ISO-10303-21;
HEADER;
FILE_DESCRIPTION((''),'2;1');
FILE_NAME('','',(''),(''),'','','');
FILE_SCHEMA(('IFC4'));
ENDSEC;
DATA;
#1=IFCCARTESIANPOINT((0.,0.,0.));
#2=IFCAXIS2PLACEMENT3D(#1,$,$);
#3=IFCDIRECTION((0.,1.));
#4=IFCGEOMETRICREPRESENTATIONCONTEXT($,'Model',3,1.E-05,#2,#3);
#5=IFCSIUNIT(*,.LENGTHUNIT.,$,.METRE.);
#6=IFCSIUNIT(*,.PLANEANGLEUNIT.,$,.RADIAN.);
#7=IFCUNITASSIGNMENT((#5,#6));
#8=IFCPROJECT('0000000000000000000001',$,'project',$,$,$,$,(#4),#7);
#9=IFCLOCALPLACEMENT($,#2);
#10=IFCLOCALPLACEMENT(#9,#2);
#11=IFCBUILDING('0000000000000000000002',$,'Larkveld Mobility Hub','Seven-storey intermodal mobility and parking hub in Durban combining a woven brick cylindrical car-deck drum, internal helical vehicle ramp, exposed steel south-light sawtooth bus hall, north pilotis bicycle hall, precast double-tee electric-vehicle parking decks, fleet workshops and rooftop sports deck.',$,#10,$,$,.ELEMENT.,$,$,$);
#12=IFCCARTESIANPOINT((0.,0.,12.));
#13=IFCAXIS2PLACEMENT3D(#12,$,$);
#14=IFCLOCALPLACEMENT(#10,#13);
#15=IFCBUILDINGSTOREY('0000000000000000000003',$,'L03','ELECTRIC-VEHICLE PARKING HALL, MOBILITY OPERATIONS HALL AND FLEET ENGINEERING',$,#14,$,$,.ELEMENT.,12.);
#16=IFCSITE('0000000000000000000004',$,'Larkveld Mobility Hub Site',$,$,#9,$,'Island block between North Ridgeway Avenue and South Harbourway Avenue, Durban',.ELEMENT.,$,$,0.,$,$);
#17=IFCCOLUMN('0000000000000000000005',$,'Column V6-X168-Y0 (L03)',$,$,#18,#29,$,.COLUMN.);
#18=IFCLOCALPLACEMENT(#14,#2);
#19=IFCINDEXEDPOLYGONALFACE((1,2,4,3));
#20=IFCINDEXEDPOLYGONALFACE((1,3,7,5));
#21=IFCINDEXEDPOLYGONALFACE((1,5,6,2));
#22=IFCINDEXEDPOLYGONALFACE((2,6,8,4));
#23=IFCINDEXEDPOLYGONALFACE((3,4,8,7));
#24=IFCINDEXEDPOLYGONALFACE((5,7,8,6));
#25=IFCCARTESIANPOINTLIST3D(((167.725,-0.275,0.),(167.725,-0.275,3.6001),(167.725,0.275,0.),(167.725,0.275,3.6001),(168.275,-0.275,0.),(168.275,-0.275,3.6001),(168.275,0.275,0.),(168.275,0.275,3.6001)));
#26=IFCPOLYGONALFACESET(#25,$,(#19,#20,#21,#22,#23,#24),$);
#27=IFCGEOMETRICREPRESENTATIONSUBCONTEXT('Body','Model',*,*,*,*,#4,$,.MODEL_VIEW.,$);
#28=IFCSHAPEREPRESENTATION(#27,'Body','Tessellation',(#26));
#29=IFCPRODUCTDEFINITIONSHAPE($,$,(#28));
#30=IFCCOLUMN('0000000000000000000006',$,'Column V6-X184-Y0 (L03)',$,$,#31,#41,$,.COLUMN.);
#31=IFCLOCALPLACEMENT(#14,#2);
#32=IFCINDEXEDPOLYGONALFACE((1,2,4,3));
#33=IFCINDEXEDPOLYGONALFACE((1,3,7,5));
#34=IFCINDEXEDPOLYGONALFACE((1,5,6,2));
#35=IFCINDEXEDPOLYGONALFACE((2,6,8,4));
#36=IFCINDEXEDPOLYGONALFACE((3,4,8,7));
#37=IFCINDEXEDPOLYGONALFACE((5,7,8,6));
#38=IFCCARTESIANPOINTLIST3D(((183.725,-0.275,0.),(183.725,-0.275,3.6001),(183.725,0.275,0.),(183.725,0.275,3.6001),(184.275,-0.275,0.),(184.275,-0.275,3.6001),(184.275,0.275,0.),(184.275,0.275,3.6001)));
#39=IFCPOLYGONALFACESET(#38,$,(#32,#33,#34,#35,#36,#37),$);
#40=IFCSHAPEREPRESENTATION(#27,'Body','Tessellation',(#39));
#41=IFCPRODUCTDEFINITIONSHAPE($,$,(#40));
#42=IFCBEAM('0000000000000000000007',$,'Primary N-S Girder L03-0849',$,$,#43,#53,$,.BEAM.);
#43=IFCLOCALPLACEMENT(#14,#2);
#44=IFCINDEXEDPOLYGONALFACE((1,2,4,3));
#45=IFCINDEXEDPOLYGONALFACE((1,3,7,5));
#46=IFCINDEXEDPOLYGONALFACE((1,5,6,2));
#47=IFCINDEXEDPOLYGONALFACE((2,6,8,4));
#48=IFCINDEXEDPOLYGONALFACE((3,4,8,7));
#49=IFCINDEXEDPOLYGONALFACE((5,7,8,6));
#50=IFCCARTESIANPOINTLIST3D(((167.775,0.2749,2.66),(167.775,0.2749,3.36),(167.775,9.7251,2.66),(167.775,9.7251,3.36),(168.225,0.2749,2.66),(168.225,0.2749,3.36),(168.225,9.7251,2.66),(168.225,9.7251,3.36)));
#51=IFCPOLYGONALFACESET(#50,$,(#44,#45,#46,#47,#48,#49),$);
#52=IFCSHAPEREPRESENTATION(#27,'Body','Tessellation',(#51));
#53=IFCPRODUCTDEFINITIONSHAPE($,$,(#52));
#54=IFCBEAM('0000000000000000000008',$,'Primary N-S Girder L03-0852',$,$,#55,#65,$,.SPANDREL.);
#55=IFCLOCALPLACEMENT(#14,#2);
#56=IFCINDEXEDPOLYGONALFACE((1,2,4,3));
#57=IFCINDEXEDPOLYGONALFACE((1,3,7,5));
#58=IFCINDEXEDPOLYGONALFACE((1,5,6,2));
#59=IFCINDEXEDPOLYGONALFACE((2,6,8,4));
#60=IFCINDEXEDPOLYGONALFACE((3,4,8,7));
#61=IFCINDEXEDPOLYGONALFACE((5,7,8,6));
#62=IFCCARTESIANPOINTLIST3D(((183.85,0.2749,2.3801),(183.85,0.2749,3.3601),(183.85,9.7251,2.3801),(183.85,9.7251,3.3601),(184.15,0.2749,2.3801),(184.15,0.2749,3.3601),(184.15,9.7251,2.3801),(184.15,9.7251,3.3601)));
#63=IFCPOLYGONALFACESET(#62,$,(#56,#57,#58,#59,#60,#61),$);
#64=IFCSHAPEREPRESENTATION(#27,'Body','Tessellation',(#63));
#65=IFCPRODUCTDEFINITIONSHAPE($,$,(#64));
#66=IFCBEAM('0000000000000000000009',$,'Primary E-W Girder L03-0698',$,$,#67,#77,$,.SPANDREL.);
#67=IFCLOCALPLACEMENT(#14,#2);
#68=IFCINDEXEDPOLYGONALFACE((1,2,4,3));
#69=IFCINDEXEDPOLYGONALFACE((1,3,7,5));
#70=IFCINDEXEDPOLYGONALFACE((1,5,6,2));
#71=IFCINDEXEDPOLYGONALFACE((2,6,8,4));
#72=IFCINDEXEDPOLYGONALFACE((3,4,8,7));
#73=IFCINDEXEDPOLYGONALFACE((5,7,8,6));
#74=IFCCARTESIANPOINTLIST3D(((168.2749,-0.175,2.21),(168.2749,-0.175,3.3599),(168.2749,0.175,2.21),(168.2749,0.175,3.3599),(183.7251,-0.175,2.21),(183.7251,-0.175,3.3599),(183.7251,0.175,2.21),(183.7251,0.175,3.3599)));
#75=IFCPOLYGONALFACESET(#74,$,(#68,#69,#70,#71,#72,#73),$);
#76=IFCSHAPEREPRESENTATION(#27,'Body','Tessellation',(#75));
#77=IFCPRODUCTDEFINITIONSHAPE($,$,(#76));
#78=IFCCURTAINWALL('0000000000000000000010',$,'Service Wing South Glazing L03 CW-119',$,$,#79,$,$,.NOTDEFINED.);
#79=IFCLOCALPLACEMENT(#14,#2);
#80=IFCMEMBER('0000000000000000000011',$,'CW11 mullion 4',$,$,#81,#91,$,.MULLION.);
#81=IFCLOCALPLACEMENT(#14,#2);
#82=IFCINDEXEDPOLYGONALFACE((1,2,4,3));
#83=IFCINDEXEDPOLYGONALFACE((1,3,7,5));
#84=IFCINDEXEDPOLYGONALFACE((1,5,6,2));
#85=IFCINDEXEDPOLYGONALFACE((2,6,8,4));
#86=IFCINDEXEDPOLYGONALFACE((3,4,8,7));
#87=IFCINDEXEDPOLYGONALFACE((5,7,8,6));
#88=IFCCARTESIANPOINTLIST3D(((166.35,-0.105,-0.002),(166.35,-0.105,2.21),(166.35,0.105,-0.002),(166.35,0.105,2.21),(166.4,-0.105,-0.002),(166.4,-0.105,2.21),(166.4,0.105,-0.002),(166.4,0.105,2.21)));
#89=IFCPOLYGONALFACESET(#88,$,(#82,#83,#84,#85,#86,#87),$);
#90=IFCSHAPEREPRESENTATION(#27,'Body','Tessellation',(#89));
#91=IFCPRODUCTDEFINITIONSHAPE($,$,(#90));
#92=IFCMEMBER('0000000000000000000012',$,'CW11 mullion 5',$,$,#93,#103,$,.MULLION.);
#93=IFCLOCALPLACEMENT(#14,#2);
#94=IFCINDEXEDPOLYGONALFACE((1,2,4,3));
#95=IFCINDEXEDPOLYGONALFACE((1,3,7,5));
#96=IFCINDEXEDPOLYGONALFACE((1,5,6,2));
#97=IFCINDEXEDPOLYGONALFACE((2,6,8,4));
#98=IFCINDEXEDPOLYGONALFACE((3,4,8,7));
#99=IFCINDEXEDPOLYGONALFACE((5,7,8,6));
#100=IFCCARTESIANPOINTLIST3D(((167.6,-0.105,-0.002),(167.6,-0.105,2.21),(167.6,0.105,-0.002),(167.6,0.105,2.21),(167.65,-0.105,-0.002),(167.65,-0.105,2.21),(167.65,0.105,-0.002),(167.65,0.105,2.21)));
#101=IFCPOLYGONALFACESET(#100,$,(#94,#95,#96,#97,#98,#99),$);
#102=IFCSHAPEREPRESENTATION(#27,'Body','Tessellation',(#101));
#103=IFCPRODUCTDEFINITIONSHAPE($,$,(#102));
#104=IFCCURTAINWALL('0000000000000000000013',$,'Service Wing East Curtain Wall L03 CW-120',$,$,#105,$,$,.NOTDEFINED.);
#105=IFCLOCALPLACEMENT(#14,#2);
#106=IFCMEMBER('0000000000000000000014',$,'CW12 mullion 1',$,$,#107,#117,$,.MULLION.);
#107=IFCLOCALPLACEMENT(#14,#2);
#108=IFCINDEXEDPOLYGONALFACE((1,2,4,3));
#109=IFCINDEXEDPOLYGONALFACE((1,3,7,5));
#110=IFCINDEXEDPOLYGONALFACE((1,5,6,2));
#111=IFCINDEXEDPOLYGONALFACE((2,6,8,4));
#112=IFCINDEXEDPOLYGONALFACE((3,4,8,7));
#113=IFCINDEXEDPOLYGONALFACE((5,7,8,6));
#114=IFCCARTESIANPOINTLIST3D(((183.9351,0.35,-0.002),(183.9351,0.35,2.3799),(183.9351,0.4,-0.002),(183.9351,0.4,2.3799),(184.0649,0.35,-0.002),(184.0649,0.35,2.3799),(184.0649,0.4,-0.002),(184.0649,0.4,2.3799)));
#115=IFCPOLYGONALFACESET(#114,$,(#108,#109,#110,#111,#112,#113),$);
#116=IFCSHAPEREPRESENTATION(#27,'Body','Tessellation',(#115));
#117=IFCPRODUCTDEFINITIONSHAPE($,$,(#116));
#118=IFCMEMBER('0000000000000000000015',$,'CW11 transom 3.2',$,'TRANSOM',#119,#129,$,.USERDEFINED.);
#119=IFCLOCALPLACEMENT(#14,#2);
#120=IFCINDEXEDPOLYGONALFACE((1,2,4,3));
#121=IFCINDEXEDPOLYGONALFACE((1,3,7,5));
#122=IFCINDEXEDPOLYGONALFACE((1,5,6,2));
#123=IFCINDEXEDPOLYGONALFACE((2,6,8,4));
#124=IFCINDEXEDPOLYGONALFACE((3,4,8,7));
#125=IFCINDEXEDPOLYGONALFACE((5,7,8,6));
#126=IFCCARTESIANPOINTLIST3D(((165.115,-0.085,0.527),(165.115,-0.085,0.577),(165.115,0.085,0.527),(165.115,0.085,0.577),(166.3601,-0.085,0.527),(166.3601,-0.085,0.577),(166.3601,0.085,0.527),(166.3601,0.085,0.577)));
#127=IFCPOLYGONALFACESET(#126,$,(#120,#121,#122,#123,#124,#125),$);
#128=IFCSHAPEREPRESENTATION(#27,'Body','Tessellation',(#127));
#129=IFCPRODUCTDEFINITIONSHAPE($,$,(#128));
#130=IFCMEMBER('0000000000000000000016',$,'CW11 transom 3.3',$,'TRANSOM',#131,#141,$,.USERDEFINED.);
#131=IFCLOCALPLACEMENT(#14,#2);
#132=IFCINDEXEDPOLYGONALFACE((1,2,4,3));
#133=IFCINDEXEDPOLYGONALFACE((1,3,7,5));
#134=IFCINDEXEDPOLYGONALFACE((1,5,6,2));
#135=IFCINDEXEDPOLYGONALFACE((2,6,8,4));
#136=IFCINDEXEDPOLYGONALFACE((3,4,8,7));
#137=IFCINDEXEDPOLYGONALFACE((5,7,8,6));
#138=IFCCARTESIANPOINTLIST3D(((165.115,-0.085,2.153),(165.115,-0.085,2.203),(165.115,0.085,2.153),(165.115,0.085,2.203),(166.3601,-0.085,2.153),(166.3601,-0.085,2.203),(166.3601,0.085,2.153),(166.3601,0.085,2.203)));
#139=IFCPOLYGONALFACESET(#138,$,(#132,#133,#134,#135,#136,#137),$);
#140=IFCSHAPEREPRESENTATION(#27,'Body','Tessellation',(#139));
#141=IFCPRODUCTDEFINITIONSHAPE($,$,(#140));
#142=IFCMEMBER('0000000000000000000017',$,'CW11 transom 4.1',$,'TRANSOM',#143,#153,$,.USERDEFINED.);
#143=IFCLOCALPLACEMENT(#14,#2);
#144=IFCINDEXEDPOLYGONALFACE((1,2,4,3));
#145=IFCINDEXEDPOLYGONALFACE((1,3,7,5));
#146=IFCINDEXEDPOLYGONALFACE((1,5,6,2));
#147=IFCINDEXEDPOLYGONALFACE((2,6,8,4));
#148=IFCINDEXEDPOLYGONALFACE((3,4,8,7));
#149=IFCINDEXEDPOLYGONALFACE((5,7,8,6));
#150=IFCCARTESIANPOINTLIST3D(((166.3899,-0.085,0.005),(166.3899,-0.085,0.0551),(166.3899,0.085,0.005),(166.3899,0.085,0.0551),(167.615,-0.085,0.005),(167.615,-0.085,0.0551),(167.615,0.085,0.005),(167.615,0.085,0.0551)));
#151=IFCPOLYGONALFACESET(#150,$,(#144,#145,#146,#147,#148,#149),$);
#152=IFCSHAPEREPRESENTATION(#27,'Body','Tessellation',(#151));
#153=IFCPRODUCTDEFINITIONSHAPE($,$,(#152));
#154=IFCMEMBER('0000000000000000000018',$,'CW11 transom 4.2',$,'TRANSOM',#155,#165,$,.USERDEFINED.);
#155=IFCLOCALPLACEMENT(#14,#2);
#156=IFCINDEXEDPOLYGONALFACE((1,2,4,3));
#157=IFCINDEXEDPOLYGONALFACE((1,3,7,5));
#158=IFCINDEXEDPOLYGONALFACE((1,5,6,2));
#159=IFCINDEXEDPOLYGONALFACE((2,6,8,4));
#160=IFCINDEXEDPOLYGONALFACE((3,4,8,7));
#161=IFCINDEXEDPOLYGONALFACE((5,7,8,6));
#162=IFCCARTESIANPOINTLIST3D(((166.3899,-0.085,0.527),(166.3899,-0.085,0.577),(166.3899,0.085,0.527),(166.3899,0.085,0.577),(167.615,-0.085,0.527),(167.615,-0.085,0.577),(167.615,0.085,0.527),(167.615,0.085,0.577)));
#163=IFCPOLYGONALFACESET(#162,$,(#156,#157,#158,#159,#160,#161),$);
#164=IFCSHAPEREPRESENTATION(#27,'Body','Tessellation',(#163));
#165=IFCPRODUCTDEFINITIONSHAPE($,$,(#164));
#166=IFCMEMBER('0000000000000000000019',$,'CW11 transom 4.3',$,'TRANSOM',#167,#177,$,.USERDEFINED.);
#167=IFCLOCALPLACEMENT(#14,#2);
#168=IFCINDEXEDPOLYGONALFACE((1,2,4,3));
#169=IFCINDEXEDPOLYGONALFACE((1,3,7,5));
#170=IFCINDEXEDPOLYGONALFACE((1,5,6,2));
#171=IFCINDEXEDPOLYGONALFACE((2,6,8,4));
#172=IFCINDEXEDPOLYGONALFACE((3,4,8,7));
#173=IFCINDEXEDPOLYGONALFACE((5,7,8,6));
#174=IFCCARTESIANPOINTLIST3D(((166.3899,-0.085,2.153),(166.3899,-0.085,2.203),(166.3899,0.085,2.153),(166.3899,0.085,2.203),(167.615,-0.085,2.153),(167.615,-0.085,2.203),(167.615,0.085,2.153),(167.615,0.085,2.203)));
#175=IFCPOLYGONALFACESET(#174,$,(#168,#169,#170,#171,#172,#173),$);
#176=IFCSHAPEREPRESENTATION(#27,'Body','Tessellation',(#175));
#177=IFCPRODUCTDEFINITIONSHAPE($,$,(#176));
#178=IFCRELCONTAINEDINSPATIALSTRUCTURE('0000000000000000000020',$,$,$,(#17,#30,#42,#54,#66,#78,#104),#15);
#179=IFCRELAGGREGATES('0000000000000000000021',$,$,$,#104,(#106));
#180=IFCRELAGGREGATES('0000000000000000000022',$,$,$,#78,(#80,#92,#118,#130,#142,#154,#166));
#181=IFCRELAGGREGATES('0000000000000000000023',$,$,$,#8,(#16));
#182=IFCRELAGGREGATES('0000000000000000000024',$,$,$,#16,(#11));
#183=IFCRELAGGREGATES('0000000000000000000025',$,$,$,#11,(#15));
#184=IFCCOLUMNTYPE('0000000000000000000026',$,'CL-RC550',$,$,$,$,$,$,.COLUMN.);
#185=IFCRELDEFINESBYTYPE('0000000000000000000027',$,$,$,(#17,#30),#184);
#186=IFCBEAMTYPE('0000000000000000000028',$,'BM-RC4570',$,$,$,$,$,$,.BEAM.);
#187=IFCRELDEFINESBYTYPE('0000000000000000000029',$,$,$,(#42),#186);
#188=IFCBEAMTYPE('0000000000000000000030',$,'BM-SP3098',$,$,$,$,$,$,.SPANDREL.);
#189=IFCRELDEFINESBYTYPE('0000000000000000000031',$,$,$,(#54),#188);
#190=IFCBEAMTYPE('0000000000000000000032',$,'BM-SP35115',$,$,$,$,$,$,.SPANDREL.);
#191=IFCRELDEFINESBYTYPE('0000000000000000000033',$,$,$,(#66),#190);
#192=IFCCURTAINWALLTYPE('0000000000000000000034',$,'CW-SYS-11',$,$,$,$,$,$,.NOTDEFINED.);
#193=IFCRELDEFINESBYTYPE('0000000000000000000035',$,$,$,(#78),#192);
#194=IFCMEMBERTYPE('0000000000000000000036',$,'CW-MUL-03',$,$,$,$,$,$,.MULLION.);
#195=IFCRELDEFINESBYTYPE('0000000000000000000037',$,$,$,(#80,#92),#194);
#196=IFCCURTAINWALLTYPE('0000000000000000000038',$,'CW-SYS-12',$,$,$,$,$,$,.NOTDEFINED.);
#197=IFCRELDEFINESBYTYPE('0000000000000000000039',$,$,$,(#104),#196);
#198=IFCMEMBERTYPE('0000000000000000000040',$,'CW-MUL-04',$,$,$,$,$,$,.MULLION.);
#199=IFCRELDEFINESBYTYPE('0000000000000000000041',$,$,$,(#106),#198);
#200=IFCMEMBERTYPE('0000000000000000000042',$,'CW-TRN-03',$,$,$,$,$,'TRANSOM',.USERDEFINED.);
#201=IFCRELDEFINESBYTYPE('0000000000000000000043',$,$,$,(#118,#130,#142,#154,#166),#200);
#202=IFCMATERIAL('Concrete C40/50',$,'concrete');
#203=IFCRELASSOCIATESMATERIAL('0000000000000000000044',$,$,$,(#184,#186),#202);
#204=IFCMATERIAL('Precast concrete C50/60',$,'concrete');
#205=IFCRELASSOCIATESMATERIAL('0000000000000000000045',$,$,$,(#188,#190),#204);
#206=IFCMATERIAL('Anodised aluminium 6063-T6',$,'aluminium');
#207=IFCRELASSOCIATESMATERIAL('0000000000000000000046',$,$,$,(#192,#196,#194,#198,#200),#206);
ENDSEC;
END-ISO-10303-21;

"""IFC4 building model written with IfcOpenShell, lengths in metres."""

from ifc_helpers import new_model, si_unit, direction, frame, origin, origin_2d, place, context, subcontext, project, spatial, rectangle, extrude, material, material_profile, profile_set, type_object, element, aggregate, save


model = new_model("IFC4")

# Units and contexts
model_context = context("Model", 3, precision=1e-05, world=origin(), true_north=direction((0.0, 1.0)))
body_context = subcontext(model_context, "Body", "Model", "MODEL_VIEW")
ifc_project = project(units=[si_unit("LENGTHUNIT", "METRE"), si_unit("PLANEANGLEUNIT", "RADIAN")], contexts=[model_context])

# Site, building, storey
site_placement = place(None, origin())
site = spatial("IfcSite", under=ifc_project, at=site_placement, Name="Larkveld Mobility Hub Site", LongName="Island block between North Ridgeway Avenue and South Harbourway Avenue, Durban", CompositionType="ELEMENT", RefElevation=0.0)
building_placement = place(site_placement, origin())
building = spatial("IfcBuilding", under=site, at=building_placement, Name="Larkveld Mobility Hub", Description="Seven-storey intermodal mobility and parking hub in Durban combining a woven brick cylindrical car-deck drum, internal helical vehicle ramp, exposed steel south-light sawtooth bus hall, north pilotis bicycle hall, precast double-tee electric-vehicle parking decks, fleet workshops and rooftop sports deck.", CompositionType="ELEMENT")
storey_placement = place(building_placement, frame((0.0, 0.0, 12.0)))
storey = spatial("IfcBuildingStorey", under=building, at=storey_placement, Name="L03", Description="ELECTRIC-VEHICLE PARKING HALL, MOBILITY OPERATIONS HALL AND FLEET ENGINEERING", CompositionType="ELEMENT", Elevation=12.0)

# Columns
ifc_material_1 = material(Name="Concrete C40/50", Category="concrete")
ifc_material_profile_1 = material_profile(ifc_material_1, rectangle(XDim=0.55, YDim=0.55, at=origin_2d()), Name="RC COL 550x550")
ifc_profile_set_1 = profile_set([ifc_material_profile_1], Name="Concrete C40/50")
column_type = type_object("IfcColumnType", Name="CL-RC550", PredefinedType="COLUMN", material=ifc_profile_set_1)
for number, where, z_axis, x_axis, name in (
    (1, (168.0, 0.0, 0.0), (0.0, 0.0, 1.0), (1.0, 0.0, 0.0), "Column V6-X168-Y0 (L03)"),
    (2, (184.0, 0.0, 0.0), (0.0, 0.0, 1.0), (1.0, 0.0, 0.0), "Column V6-X184-Y0 (L03)"),
):
    element("IfcColumn", number, at=place(storey_placement, frame(where, z_axis=z_axis, x_axis=x_axis)), inside=storey, type_object=column_type, Name=name, PredefinedType="COLUMN", context=body_context, shape_type="SweptSolid", body=[
        extrude(rectangle(XDim=0.55, YDim=0.55, at=origin_2d()), origin(), (0.0, 0.0, 1.0), 3.6001),
    ])

# Beams
ifc_material_profile_2 = material_profile(ifc_material_1, rectangle(XDim=0.45, YDim=0.7, at=origin_2d()), Name="RC BM 450x700")
ifc_profile_set_2 = profile_set([ifc_material_profile_2], Name="Concrete C40/50")
beam_type_1 = type_object("IfcBeamType", Name="BM-RC4570", PredefinedType="BEAM", material=ifc_profile_set_2)
beam_1_placement = place(storey_placement, frame((168.0, 0.2749, 3.01), z_axis=(0.0, 1.0, 0.0), x_axis=(-1.0, 0.0, 0.0)))
element("IfcBeam", 3, at=beam_1_placement, inside=storey, type_object=beam_type_1, Name="Primary N-S Girder L03-0849", PredefinedType="BEAM", context=body_context, shape_type="SweptSolid", body=[
    extrude(rectangle(XDim=0.45, YDim=0.7, at=origin_2d()), origin(), (0.0, 0.0, 1.0), 9.4502),
])
ifc_material_2 = material(Name="Precast concrete C50/60", Category="concrete")
ifc_material_profile_3 = material_profile(ifc_material_2, rectangle(XDim=0.3, YDim=0.98, at=origin_2d()), Name="PC SP 300x980")
ifc_profile_set_3 = profile_set([ifc_material_profile_3], Name="Precast concrete C50/60")
beam_type_2 = type_object("IfcBeamType", Name="BM-SP3098", PredefinedType="SPANDREL", material=ifc_profile_set_3)
beam_2_placement = place(storey_placement, frame((184.0, 0.2749, 2.8701), z_axis=(0.0, 1.0, 0.0), x_axis=(-1.0, 0.0, 0.0)))
element("IfcBeam", 4, at=beam_2_placement, inside=storey, type_object=beam_type_2, Name="Primary N-S Girder L03-0852", PredefinedType="SPANDREL", context=body_context, shape_type="SweptSolid", body=[
    extrude(rectangle(XDim=0.3, YDim=0.98, at=origin_2d()), origin(), (0.0, 0.0, 1.0), 9.4502),
])
ifc_material_profile_4 = material_profile(ifc_material_2, rectangle(XDim=0.3501, YDim=1.1499, at=origin_2d()), Name="PC SP 350x1150")
ifc_profile_set_4 = profile_set([ifc_material_profile_4], Name="Precast concrete C50/60")
beam_type_3 = type_object("IfcBeamType", Name="BM-SP35115", PredefinedType="SPANDREL", material=ifc_profile_set_4)
beam_3_placement = place(storey_placement, frame((168.2749, 0.0, 2.7849), z_axis=(1.0, 0.0, 0.0), x_axis=(0.0, 1.0, 0.0)))
element("IfcBeam", 5, at=beam_3_placement, inside=storey, type_object=beam_type_3, Name="Primary E-W Girder L03-0698", PredefinedType="SPANDREL", context=body_context, shape_type="SweptSolid", body=[
    extrude(rectangle(XDim=0.3501, YDim=1.1499, at=origin_2d()), origin(), (0.0, 0.0, 1.0), 15.4502),
])

# Curtain wall, members
ifc_material_3 = material(Name="Anodised aluminium 6063-T6", Category="aluminium")
curtain_wall_type_1 = type_object("IfcCurtainWallType", Name="CW-SYS-11", PredefinedType="NOTDEFINED", material=ifc_material_3)
curtain_wall_1_placement = place(storey_placement, origin())
curtain_wall_1 = element("IfcCurtainWall", 6, at=curtain_wall_1_placement, inside=storey, type_object=curtain_wall_type_1, Name="Service Wing South Glazing L03 CW-119", PredefinedType="NOTDEFINED")
ifc_material_profile_5 = material_profile(ifc_material_3, rectangle(XDim=0.05, YDim=0.21, at=origin_2d()), Name="ALU MULL 50x210")
ifc_profile_set_5 = profile_set([ifc_material_profile_5], Name="Anodised aluminium 6063-T6")
member_type_1 = type_object("IfcMemberType", Name="CW-MUL-03", PredefinedType="MULLION", material=ifc_profile_set_5)
member_1_placement = place(storey_placement, frame((166.375, 0.0, -0.002), z_axis=(0.0, 0.0, 1.0), x_axis=(1.0, 0.0, 0.0)))
member_1 = element("IfcMember", 7, at=member_1_placement, type_object=member_type_1, Name="CW11 mullion 4", PredefinedType="MULLION", context=body_context, shape_type="SweptSolid", body=[
    extrude(rectangle(XDim=0.05, YDim=0.21, at=origin_2d()), origin(), (0.0, 0.0, 1.0), 2.2119),
])
member_2_placement = place(storey_placement, frame((167.625, 0.0, -0.002), z_axis=(0.0, 0.0, 1.0), x_axis=(1.0, 0.0, 0.0)))
member_2 = element("IfcMember", 8, at=member_2_placement, type_object=member_type_1, Name="CW11 mullion 5", PredefinedType="MULLION", context=body_context, shape_type="SweptSolid", body=[
    extrude(rectangle(XDim=0.05, YDim=0.21, at=origin_2d()), origin(), (0.0, 0.0, 1.0), 2.2119),
])

# Curtain wall, member
curtain_wall_type_2 = type_object("IfcCurtainWallType", Name="CW-SYS-12", PredefinedType="NOTDEFINED", material=ifc_material_3)
curtain_wall_2_placement = place(storey_placement, origin())
curtain_wall_2 = element("IfcCurtainWall", 9, at=curtain_wall_2_placement, inside=storey, type_object=curtain_wall_type_2, Name="Service Wing East Curtain Wall L03 CW-120", PredefinedType="NOTDEFINED")
ifc_material_profile_6 = material_profile(ifc_material_3, rectangle(XDim=0.05, YDim=0.1299, at=origin_2d()), Name="ALU MULL 50x130")
ifc_profile_set_6 = profile_set([ifc_material_profile_6], Name="Anodised aluminium 6063-T6")
member_type_2 = type_object("IfcMemberType", Name="CW-MUL-04", PredefinedType="MULLION", material=ifc_profile_set_6)
member_3_placement = place(storey_placement, frame((184.0, 0.375, -0.002), z_axis=(0.0, 0.0, 1.0), x_axis=(0.0, 1.0, 0.0)))
member_3 = element("IfcMember", 10, at=member_3_placement, type_object=member_type_2, Name="CW12 mullion 1", PredefinedType="MULLION", context=body_context, shape_type="SweptSolid", body=[
    extrude(rectangle(XDim=0.05, YDim=0.1299, at=origin_2d()), origin(), (0.0, 0.0, 1.0), 2.3818),
])

# Members
ifc_material_profile_7 = material_profile(ifc_material_3, rectangle(XDim=0.1699, YDim=0.05, at=origin_2d()), Name="ALU TRAN 50x170")
ifc_profile_set_7 = profile_set([ifc_material_profile_7], Name="Anodised aluminium 6063-T6")
member_type_3 = type_object("IfcMemberType", Name="CW-TRN-03", ElementType="TRANSOM", PredefinedType="USERDEFINED", material=ifc_profile_set_7)
member_4_placement = place(storey_placement, frame((165.115, 0.0, 0.552), z_axis=(1.0, 0.0, 0.0), x_axis=(0.0, 1.0, 0.0)))
member_4 = element("IfcMember", 11, at=member_4_placement, type_object=member_type_3, Name="CW11 transom 3.2", ObjectType="TRANSOM", PredefinedType="USERDEFINED", context=body_context, shape_type="SweptSolid", body=[
    extrude(rectangle(XDim=0.1699, YDim=0.05, at=origin_2d()), origin(), (0.0, 0.0, 1.0), 1.2451),
])
member_5_placement = place(storey_placement, frame((165.115, 0.0, 2.178), z_axis=(1.0, 0.0, 0.0), x_axis=(0.0, 1.0, 0.0)))
member_5 = element("IfcMember", 12, at=member_5_placement, type_object=member_type_3, Name="CW11 transom 3.3", ObjectType="TRANSOM", PredefinedType="USERDEFINED", context=body_context, shape_type="SweptSolid", body=[
    extrude(rectangle(XDim=0.1699, YDim=0.05, at=origin_2d()), origin(), (0.0, 0.0, 1.0), 1.2451),
])
member_6_placement = place(storey_placement, frame((166.3899, 0.0, 0.03), z_axis=(1.0, 0.0, 0.0), x_axis=(0.0, 1.0, 0.0)))
member_6 = element("IfcMember", 13, at=member_6_placement, type_object=member_type_3, Name="CW11 transom 4.1", ObjectType="TRANSOM", PredefinedType="USERDEFINED", context=body_context, shape_type="SweptSolid", body=[
    extrude(rectangle(XDim=0.1699, YDim=0.05, at=origin_2d()), origin(), (0.0, 0.0, 1.0), 1.2251),
])
member_7_placement = place(storey_placement, frame((166.3899, 0.0, 0.552), z_axis=(1.0, 0.0, 0.0), x_axis=(0.0, 1.0, 0.0)))
member_7 = element("IfcMember", 14, at=member_7_placement, type_object=member_type_3, Name="CW11 transom 4.2", ObjectType="TRANSOM", PredefinedType="USERDEFINED", context=body_context, shape_type="SweptSolid", body=[
    extrude(rectangle(XDim=0.1699, YDim=0.05, at=origin_2d()), origin(), (0.0, 0.0, 1.0), 1.2251),
])
member_8_placement = place(storey_placement, frame((166.3899, 0.0, 2.178), z_axis=(1.0, 0.0, 0.0), x_axis=(0.0, 1.0, 0.0)))
member_8 = element("IfcMember", 15, at=member_8_placement, type_object=member_type_3, Name="CW11 transom 4.3", ObjectType="TRANSOM", PredefinedType="USERDEFINED", context=body_context, shape_type="SweptSolid", body=[
    extrude(rectangle(XDim=0.1699, YDim=0.05, at=origin_2d()), origin(), (0.0, 0.0, 1.0), 1.2251),
])
aggregate(curtain_wall_2, [member_3])

aggregate(curtain_wall_1, [member_1, member_2, member_4, member_5, member_6, member_7, member_8])

save(model, "model.ifc")
